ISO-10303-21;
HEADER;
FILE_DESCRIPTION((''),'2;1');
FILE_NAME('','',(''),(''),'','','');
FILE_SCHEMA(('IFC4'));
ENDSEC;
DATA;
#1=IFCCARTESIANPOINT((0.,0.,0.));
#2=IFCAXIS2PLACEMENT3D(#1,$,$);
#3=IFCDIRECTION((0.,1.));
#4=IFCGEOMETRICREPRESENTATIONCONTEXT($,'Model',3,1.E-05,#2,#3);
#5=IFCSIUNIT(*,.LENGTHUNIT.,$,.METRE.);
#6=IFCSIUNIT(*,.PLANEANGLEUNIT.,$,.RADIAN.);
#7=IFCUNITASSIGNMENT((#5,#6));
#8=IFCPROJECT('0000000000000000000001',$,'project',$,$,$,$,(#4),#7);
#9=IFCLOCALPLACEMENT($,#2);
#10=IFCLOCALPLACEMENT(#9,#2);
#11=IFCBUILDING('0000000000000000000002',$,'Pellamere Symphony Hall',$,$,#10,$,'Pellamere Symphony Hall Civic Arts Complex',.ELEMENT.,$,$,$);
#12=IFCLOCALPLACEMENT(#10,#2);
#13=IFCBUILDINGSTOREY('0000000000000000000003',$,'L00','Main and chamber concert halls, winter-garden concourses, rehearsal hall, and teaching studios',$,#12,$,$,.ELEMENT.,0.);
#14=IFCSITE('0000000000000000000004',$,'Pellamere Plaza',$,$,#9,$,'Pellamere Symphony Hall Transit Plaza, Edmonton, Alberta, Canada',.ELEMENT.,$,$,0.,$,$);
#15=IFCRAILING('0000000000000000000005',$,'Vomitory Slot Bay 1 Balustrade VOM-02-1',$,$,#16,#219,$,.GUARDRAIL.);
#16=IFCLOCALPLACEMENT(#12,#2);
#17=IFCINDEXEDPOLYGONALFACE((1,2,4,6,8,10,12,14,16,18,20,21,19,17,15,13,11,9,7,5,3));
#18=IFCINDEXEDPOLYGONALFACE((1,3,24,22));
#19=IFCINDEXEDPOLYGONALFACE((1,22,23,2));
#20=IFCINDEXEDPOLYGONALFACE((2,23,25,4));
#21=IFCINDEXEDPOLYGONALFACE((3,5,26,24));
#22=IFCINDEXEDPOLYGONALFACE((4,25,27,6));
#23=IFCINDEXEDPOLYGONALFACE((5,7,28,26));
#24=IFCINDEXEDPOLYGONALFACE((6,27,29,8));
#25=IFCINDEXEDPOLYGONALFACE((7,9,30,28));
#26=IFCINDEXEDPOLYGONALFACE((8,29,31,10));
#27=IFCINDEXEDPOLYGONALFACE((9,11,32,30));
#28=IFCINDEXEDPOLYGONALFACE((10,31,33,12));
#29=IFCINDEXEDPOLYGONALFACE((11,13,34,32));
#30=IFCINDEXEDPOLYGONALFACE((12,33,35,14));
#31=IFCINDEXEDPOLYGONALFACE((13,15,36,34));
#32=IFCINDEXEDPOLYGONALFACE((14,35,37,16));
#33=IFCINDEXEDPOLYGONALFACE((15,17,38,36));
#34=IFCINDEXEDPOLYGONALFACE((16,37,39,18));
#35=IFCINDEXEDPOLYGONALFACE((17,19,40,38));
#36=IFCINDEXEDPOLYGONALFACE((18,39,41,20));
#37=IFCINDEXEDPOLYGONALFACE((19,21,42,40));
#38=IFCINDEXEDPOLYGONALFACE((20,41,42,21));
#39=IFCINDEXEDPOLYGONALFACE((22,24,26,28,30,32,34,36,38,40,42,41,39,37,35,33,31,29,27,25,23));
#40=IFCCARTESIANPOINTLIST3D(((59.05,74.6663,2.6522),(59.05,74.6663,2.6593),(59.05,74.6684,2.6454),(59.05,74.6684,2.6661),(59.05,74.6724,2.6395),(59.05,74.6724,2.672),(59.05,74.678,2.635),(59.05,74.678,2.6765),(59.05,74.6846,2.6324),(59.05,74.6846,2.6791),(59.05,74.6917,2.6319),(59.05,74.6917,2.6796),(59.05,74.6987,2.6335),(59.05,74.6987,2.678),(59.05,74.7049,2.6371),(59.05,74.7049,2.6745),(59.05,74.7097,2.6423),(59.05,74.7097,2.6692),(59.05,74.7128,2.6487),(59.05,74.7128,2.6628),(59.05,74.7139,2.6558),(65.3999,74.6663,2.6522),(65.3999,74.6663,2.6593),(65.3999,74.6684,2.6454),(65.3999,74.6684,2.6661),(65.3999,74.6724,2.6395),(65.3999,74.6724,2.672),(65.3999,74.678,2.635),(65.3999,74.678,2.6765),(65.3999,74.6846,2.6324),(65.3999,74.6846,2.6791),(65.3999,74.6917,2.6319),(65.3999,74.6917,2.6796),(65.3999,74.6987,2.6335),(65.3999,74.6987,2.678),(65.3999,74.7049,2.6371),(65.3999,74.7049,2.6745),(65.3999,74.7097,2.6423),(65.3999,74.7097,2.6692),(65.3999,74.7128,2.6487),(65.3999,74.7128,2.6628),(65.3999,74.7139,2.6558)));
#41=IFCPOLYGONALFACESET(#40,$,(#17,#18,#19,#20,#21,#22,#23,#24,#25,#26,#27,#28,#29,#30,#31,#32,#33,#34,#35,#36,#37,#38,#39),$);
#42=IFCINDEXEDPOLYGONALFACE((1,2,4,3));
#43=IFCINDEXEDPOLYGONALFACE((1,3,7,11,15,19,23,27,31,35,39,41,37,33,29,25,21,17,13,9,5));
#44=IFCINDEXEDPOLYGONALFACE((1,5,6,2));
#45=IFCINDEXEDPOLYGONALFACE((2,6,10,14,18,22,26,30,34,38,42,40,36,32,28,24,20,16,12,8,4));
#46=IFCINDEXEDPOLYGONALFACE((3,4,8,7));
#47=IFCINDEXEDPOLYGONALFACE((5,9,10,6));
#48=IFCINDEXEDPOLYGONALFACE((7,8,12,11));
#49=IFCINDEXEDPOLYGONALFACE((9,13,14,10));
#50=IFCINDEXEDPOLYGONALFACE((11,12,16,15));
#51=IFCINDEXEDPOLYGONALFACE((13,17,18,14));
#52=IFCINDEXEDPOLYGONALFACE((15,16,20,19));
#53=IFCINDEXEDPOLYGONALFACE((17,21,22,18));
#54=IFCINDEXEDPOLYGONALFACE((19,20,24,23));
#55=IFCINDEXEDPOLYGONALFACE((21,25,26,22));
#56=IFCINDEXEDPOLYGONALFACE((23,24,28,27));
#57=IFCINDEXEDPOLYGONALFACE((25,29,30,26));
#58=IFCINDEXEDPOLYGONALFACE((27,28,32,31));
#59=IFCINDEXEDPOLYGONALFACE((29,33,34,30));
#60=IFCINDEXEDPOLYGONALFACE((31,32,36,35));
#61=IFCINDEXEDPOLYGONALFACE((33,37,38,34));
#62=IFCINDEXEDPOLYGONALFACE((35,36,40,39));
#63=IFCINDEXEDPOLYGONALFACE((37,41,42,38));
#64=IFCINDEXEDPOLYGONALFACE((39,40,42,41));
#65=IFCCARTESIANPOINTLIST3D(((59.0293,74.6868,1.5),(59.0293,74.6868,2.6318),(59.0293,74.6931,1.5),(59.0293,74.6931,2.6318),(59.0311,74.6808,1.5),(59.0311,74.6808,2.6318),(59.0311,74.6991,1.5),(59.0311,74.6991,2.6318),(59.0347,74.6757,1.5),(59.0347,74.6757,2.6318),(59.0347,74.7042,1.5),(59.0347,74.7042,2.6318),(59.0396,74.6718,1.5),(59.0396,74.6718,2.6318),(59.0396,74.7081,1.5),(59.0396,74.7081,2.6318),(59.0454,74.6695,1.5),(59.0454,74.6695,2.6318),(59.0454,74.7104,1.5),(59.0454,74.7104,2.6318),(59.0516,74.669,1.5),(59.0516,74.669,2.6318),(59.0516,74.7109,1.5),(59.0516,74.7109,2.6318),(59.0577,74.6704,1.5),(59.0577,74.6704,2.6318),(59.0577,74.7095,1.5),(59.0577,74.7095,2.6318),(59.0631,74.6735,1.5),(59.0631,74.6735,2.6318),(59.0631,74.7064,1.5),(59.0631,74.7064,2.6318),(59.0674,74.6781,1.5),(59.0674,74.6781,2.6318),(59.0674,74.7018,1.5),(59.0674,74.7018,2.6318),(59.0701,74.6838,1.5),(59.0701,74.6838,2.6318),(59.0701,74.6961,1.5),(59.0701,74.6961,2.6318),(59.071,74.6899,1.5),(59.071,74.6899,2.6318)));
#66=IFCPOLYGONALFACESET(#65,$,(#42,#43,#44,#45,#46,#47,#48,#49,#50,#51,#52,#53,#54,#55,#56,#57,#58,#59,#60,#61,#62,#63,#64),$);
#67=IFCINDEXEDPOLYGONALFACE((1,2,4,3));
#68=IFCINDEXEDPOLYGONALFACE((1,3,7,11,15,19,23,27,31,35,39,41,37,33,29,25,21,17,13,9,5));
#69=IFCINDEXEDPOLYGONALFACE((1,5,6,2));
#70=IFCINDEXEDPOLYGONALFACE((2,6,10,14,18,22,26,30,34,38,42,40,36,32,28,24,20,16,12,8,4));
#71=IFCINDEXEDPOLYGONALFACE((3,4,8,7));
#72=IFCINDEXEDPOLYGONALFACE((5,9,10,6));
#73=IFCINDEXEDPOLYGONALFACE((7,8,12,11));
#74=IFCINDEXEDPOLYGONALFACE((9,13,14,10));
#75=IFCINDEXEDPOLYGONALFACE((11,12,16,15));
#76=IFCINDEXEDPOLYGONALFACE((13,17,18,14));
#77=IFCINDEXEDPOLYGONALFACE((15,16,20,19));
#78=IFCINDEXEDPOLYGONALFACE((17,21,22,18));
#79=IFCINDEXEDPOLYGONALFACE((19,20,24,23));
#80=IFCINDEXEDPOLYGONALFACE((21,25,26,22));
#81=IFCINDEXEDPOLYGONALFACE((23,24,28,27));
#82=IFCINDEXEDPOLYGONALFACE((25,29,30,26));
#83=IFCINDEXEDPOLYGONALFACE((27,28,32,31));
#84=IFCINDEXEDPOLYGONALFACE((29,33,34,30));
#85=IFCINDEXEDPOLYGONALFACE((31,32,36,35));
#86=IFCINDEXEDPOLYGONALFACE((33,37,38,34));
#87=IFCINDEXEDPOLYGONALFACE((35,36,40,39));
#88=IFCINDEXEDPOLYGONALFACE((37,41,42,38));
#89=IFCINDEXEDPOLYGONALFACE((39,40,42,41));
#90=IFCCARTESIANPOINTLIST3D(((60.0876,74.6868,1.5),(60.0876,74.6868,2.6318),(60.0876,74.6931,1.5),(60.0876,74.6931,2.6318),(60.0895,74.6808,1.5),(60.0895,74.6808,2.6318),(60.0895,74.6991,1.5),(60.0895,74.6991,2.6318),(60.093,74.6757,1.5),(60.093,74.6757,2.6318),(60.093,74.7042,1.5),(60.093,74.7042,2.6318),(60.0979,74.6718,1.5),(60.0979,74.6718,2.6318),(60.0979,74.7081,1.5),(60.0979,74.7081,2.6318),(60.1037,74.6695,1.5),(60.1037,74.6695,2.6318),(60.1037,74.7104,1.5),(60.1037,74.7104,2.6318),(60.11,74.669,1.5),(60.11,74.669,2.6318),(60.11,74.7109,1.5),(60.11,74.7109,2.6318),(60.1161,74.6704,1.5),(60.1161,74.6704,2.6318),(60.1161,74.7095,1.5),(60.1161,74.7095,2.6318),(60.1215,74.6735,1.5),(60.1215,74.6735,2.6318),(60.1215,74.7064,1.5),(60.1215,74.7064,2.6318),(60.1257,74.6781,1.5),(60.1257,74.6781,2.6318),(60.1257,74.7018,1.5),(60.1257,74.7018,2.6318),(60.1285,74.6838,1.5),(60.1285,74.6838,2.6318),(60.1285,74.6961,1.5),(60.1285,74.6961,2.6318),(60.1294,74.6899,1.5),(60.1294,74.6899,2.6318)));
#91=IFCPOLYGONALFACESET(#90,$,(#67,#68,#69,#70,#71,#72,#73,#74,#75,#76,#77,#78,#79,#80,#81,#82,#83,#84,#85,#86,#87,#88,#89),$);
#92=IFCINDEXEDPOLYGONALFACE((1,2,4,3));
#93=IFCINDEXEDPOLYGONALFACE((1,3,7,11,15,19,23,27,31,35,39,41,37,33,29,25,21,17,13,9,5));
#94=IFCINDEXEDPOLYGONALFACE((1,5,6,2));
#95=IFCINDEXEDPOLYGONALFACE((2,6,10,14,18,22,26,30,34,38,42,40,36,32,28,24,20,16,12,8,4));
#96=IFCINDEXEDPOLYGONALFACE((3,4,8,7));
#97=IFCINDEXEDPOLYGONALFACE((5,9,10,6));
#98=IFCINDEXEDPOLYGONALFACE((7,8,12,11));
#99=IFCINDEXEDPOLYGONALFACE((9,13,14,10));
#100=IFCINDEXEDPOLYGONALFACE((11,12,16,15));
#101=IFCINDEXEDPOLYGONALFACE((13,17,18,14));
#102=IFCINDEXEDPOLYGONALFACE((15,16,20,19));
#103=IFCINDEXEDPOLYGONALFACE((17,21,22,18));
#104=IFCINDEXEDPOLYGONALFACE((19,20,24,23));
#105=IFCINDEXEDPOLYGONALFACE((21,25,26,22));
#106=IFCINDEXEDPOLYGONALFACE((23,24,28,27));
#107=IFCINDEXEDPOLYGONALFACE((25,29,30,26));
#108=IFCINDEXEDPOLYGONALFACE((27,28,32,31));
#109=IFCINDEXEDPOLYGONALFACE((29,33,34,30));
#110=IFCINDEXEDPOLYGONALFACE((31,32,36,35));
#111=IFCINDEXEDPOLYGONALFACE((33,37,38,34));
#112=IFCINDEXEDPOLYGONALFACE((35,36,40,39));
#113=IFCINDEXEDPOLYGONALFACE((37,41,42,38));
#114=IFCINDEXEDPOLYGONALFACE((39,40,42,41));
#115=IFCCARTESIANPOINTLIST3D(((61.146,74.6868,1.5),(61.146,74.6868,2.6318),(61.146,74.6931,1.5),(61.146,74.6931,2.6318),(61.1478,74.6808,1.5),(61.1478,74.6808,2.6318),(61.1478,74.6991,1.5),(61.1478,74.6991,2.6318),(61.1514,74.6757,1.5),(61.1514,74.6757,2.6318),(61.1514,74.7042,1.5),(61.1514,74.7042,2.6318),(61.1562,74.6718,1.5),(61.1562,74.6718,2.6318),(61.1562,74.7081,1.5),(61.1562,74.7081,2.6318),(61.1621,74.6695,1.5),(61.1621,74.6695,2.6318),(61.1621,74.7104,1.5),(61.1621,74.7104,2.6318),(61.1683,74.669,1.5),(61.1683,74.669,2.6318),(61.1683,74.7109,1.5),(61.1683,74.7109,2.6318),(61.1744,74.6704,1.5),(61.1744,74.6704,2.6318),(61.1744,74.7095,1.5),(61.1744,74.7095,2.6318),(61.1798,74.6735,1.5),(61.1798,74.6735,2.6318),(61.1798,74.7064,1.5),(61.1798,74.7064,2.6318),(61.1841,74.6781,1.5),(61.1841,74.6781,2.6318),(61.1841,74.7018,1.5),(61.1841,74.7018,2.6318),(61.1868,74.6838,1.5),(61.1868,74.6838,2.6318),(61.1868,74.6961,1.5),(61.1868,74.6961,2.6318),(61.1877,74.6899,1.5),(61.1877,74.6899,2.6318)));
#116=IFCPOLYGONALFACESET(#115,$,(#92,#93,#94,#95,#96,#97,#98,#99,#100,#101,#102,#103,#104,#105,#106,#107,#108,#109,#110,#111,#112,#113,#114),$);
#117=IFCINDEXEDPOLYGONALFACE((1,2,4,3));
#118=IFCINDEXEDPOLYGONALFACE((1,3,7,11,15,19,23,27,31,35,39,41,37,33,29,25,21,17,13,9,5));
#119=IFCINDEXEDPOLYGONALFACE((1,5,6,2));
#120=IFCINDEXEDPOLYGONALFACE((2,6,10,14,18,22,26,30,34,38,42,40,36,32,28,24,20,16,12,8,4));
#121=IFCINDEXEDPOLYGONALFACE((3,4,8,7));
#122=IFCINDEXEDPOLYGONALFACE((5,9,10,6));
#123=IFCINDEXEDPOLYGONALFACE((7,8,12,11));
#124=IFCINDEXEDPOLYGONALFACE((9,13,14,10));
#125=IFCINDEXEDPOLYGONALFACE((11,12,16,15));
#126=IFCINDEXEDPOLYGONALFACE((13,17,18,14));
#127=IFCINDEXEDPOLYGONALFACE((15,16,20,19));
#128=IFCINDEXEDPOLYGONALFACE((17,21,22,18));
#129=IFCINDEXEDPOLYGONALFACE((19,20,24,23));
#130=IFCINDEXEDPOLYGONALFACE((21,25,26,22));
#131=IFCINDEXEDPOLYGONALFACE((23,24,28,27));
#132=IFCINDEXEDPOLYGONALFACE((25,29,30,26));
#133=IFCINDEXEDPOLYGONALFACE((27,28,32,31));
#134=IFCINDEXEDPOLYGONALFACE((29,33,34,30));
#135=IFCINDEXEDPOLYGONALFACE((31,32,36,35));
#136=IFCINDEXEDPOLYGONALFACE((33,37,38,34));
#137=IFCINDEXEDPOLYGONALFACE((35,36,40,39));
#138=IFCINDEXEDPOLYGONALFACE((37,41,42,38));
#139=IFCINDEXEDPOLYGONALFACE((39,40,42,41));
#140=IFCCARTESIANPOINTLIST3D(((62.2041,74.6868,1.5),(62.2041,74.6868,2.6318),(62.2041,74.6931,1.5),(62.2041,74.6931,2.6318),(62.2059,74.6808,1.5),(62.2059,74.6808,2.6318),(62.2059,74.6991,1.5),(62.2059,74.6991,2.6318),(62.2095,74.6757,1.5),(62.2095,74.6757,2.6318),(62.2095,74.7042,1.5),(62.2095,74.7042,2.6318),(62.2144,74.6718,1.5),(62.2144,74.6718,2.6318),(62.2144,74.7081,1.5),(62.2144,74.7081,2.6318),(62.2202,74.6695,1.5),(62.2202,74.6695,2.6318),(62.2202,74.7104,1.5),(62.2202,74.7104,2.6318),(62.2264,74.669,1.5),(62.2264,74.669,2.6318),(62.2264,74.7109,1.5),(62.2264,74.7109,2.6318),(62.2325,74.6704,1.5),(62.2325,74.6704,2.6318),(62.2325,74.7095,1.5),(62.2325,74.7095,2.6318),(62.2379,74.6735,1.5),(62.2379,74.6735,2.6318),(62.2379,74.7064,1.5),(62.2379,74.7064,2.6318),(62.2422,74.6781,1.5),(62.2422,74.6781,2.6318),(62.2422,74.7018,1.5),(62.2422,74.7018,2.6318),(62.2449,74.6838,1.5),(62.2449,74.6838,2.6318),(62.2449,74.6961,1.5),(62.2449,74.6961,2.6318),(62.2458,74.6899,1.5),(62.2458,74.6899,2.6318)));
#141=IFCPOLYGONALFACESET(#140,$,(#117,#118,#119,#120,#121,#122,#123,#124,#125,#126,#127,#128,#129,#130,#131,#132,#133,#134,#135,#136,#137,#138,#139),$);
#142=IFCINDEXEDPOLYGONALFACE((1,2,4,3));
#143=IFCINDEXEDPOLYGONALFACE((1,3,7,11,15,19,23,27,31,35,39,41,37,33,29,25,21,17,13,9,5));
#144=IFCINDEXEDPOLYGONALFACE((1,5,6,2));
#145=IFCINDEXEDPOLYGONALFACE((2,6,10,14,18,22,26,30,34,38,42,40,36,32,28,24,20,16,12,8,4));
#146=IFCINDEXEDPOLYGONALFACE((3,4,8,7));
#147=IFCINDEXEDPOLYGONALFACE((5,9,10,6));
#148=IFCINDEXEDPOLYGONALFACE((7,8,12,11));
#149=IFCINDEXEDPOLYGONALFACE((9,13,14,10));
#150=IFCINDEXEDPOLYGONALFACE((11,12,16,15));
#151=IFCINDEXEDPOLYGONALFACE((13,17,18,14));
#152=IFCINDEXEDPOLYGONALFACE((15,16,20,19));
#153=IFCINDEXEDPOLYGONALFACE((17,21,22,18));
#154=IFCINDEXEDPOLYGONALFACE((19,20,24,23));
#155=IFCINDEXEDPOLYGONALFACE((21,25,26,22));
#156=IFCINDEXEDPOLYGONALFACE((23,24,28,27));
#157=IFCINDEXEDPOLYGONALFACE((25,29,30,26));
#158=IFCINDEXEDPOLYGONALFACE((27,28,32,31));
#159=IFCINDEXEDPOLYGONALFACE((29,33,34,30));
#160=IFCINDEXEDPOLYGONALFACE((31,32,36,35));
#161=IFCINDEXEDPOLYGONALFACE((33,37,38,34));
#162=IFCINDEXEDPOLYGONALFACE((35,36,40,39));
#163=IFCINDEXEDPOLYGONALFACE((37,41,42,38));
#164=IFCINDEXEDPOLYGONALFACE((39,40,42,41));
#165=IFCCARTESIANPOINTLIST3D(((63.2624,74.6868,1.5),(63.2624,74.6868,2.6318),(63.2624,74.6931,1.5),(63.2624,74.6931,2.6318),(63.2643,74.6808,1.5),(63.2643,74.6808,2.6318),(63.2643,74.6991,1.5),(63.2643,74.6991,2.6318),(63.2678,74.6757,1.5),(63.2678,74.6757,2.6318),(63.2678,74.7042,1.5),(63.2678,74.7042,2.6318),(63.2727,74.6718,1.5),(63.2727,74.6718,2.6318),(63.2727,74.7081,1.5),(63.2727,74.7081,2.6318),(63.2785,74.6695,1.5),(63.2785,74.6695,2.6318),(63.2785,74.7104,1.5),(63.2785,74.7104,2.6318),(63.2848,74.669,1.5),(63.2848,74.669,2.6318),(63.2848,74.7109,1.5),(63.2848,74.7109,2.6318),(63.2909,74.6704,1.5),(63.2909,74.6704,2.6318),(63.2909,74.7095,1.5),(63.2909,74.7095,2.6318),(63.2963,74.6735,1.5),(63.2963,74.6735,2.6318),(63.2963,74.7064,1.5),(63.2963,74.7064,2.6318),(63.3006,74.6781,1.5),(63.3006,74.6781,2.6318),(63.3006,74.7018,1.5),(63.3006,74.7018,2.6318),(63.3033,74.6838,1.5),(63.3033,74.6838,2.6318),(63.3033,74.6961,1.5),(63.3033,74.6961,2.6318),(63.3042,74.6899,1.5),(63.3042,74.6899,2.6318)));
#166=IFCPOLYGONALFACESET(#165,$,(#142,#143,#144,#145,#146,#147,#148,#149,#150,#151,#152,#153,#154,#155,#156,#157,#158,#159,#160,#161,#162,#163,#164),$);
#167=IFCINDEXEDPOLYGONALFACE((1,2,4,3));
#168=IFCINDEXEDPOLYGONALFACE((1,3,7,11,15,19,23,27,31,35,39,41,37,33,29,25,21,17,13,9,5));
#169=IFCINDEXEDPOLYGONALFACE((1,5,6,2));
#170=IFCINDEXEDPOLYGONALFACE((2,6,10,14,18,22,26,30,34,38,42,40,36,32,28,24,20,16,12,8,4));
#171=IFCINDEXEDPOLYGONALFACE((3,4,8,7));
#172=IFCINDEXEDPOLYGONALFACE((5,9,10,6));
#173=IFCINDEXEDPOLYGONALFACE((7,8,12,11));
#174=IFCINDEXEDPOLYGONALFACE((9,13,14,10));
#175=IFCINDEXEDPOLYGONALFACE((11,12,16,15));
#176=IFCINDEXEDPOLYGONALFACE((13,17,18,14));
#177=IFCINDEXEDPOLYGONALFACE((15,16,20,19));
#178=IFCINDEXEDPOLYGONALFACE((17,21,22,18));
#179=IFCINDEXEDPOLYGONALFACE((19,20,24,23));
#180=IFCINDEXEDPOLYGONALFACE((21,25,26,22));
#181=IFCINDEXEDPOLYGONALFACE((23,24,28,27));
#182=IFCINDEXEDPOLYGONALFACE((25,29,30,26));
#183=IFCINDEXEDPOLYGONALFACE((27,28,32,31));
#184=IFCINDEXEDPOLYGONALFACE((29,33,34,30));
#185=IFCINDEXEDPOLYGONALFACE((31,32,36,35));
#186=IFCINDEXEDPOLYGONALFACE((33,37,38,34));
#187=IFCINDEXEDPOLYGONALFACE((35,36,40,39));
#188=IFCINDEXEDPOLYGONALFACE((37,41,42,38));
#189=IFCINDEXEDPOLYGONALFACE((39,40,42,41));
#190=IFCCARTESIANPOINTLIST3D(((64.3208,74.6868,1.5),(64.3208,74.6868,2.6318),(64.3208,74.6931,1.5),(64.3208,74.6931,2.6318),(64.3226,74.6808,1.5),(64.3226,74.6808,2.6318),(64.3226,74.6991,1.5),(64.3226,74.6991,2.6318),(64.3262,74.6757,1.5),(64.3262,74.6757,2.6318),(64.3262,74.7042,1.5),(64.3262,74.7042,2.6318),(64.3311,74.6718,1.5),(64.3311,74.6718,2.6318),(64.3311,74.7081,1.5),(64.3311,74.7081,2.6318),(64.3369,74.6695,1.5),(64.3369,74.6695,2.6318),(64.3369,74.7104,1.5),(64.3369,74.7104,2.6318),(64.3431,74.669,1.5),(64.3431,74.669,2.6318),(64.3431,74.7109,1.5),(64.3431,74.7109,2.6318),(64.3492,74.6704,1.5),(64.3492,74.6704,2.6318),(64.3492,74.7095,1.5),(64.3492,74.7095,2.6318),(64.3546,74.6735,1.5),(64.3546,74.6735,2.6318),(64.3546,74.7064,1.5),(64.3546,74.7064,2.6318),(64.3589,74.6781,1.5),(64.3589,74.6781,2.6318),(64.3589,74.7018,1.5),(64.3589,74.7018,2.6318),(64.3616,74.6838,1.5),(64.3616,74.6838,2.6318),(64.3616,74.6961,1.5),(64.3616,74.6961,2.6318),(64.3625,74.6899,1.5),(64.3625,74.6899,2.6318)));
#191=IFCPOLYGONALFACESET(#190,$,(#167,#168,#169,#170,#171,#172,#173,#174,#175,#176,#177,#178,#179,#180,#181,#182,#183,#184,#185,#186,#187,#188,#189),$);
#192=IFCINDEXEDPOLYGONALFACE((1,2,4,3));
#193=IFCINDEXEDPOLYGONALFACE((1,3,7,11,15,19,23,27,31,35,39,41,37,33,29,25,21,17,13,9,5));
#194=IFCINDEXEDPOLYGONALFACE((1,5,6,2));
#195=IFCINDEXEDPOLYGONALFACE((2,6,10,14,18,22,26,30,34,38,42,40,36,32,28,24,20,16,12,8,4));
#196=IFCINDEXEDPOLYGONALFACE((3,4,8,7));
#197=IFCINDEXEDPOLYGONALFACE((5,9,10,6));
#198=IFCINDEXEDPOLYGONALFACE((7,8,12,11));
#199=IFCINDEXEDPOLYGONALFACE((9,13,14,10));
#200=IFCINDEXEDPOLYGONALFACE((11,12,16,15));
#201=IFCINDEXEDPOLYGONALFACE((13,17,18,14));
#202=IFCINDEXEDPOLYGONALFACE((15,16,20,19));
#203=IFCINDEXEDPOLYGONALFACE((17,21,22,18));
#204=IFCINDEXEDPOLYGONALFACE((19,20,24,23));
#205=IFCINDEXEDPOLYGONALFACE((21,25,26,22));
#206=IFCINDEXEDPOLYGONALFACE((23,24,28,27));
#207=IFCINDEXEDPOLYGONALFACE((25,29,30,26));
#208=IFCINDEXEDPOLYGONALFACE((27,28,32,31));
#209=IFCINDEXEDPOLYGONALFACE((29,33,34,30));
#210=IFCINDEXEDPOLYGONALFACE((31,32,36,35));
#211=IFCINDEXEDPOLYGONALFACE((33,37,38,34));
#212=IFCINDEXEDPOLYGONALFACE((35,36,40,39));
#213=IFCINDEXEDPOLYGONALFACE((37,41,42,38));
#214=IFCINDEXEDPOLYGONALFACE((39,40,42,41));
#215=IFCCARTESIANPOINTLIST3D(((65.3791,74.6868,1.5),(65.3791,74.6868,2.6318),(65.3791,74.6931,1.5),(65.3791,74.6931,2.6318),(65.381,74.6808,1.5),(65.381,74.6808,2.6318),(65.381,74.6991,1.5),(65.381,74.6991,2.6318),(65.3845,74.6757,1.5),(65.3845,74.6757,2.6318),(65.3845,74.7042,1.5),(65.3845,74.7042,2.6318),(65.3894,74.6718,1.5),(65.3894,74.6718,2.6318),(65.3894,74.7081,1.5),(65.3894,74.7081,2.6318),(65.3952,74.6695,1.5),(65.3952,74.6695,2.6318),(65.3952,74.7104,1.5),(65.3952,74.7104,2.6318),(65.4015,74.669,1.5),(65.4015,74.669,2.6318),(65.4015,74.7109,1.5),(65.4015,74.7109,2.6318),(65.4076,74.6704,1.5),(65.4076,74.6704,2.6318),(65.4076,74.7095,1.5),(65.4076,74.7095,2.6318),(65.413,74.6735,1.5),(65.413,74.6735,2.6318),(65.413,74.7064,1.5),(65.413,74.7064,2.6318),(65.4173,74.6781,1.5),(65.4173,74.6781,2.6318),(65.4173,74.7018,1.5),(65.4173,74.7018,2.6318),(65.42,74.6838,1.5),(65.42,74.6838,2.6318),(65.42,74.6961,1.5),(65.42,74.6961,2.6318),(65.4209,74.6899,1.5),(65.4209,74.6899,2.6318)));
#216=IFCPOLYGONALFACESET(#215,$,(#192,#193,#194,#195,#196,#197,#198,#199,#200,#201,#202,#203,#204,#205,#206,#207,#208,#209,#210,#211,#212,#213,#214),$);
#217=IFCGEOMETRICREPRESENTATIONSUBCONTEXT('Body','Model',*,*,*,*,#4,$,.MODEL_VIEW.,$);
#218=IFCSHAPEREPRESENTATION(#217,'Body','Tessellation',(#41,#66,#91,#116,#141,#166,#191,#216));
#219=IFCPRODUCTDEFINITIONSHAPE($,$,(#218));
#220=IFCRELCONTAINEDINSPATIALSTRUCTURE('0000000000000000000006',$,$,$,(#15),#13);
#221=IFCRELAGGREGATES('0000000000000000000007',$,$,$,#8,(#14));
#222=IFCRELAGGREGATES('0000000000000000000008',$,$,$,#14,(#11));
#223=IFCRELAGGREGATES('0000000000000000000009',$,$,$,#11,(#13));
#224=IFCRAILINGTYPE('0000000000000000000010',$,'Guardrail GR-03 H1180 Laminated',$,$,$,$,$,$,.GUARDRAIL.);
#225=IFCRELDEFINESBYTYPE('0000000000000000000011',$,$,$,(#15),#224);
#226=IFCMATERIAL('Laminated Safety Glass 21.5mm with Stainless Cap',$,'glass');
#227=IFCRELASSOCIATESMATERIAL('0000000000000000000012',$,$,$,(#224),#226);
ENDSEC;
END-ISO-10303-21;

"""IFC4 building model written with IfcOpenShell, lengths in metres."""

from ifc_helpers import new_model, si_unit, direction, frame, origin, origin_2d, place, context, subcontext, project, spatial, circle, extrude, material, type_object, element, save


model = new_model("IFC4")

# Units and contexts
model_context = context("Model", 3, precision=1e-05, world=origin(), true_north=direction((0.0, 1.0)))
body_context = subcontext(model_context, "Body", "Model", "MODEL_VIEW")
ifc_project = project(units=[si_unit("LENGTHUNIT", "METRE"), si_unit("PLANEANGLEUNIT", "RADIAN")], contexts=[model_context])

# Site, building, storey
site_placement = place(None, origin())
site = spatial("IfcSite", under=ifc_project, at=site_placement, Name="Pellamere Plaza", LongName="Pellamere Symphony Hall Transit Plaza, Edmonton, Alberta, Canada", CompositionType="ELEMENT", RefElevation=0.0)
building_placement = place(site_placement, origin())
building = spatial("IfcBuilding", under=site, at=building_placement, Name="Pellamere Symphony Hall", LongName="Pellamere Symphony Hall Civic Arts Complex", CompositionType="ELEMENT")
storey_placement = place(building_placement, origin())
storey = spatial("IfcBuildingStorey", under=building, at=storey_placement, Name="L00", Description="Main and chamber concert halls, winter-garden concourses, rehearsal hall, and teaching studios", CompositionType="ELEMENT", Elevation=0.0)

# Railing
ifc_material_1 = material(Name="Laminated Safety Glass 21.5mm with Stainless Cap", Category="glass")
railing_type_1 = type_object("IfcRailingType", Name="Guardrail GR-03 H1180 Laminated", PredefinedType="GUARDRAIL", material=ifc_material_1)
railing_1_placement = place(storey_placement, frame((59.05, 74.6899, 1.5)))
element("IfcRailing", 1, at=railing_1_placement, inside=storey, type_object=railing_type_1, Name="Vomitory Slot Bay 1 Balustrade VOM-02-1", PredefinedType="GUARDRAIL", context=body_context, shape_type="SweptSolid", body=[
    extrude(circle(Radius=0.0239, at=origin_2d()), frame((0.0, 0.0, 1.1558), z_axis=(1.0, 0.0, 0.0), x_axis=(0.0, 1.0, 0.0)), (0.0, 0.0, 1.0), 6.3499),
    extrude(circle(Radius=0.021, at=origin_2d()), origin(), (0.0, 0.0, 1.0), 1.1318),
    extrude(circle(Radius=0.021, at=origin_2d()), frame((1.0583, 0.0, 0.0)), (0.0, 0.0, 1.0), 1.1318),
    extrude(circle(Radius=0.021, at=origin_2d()), frame((2.1167, 0.0, 0.0)), (0.0, 0.0, 1.0), 1.1318),
    extrude(circle(Radius=0.021, at=origin_2d()), frame((3.1748, 0.0, 0.0)), (0.0, 0.0, 1.0), 1.1318),
    extrude(circle(Radius=0.021, at=origin_2d()), frame((4.2332, 0.0, 0.0)), (0.0, 0.0, 1.0), 1.1318),
    extrude(circle(Radius=0.021, at=origin_2d()), frame((5.2915, 0.0, 0.0)), (0.0, 0.0, 1.0), 1.1318),
    extrude(circle(Radius=0.021, at=origin_2d()), frame((6.3499, 0.0, 0.0)), (0.0, 0.0, 1.0), 1.1318),
])

save(model, "model.ifc")
